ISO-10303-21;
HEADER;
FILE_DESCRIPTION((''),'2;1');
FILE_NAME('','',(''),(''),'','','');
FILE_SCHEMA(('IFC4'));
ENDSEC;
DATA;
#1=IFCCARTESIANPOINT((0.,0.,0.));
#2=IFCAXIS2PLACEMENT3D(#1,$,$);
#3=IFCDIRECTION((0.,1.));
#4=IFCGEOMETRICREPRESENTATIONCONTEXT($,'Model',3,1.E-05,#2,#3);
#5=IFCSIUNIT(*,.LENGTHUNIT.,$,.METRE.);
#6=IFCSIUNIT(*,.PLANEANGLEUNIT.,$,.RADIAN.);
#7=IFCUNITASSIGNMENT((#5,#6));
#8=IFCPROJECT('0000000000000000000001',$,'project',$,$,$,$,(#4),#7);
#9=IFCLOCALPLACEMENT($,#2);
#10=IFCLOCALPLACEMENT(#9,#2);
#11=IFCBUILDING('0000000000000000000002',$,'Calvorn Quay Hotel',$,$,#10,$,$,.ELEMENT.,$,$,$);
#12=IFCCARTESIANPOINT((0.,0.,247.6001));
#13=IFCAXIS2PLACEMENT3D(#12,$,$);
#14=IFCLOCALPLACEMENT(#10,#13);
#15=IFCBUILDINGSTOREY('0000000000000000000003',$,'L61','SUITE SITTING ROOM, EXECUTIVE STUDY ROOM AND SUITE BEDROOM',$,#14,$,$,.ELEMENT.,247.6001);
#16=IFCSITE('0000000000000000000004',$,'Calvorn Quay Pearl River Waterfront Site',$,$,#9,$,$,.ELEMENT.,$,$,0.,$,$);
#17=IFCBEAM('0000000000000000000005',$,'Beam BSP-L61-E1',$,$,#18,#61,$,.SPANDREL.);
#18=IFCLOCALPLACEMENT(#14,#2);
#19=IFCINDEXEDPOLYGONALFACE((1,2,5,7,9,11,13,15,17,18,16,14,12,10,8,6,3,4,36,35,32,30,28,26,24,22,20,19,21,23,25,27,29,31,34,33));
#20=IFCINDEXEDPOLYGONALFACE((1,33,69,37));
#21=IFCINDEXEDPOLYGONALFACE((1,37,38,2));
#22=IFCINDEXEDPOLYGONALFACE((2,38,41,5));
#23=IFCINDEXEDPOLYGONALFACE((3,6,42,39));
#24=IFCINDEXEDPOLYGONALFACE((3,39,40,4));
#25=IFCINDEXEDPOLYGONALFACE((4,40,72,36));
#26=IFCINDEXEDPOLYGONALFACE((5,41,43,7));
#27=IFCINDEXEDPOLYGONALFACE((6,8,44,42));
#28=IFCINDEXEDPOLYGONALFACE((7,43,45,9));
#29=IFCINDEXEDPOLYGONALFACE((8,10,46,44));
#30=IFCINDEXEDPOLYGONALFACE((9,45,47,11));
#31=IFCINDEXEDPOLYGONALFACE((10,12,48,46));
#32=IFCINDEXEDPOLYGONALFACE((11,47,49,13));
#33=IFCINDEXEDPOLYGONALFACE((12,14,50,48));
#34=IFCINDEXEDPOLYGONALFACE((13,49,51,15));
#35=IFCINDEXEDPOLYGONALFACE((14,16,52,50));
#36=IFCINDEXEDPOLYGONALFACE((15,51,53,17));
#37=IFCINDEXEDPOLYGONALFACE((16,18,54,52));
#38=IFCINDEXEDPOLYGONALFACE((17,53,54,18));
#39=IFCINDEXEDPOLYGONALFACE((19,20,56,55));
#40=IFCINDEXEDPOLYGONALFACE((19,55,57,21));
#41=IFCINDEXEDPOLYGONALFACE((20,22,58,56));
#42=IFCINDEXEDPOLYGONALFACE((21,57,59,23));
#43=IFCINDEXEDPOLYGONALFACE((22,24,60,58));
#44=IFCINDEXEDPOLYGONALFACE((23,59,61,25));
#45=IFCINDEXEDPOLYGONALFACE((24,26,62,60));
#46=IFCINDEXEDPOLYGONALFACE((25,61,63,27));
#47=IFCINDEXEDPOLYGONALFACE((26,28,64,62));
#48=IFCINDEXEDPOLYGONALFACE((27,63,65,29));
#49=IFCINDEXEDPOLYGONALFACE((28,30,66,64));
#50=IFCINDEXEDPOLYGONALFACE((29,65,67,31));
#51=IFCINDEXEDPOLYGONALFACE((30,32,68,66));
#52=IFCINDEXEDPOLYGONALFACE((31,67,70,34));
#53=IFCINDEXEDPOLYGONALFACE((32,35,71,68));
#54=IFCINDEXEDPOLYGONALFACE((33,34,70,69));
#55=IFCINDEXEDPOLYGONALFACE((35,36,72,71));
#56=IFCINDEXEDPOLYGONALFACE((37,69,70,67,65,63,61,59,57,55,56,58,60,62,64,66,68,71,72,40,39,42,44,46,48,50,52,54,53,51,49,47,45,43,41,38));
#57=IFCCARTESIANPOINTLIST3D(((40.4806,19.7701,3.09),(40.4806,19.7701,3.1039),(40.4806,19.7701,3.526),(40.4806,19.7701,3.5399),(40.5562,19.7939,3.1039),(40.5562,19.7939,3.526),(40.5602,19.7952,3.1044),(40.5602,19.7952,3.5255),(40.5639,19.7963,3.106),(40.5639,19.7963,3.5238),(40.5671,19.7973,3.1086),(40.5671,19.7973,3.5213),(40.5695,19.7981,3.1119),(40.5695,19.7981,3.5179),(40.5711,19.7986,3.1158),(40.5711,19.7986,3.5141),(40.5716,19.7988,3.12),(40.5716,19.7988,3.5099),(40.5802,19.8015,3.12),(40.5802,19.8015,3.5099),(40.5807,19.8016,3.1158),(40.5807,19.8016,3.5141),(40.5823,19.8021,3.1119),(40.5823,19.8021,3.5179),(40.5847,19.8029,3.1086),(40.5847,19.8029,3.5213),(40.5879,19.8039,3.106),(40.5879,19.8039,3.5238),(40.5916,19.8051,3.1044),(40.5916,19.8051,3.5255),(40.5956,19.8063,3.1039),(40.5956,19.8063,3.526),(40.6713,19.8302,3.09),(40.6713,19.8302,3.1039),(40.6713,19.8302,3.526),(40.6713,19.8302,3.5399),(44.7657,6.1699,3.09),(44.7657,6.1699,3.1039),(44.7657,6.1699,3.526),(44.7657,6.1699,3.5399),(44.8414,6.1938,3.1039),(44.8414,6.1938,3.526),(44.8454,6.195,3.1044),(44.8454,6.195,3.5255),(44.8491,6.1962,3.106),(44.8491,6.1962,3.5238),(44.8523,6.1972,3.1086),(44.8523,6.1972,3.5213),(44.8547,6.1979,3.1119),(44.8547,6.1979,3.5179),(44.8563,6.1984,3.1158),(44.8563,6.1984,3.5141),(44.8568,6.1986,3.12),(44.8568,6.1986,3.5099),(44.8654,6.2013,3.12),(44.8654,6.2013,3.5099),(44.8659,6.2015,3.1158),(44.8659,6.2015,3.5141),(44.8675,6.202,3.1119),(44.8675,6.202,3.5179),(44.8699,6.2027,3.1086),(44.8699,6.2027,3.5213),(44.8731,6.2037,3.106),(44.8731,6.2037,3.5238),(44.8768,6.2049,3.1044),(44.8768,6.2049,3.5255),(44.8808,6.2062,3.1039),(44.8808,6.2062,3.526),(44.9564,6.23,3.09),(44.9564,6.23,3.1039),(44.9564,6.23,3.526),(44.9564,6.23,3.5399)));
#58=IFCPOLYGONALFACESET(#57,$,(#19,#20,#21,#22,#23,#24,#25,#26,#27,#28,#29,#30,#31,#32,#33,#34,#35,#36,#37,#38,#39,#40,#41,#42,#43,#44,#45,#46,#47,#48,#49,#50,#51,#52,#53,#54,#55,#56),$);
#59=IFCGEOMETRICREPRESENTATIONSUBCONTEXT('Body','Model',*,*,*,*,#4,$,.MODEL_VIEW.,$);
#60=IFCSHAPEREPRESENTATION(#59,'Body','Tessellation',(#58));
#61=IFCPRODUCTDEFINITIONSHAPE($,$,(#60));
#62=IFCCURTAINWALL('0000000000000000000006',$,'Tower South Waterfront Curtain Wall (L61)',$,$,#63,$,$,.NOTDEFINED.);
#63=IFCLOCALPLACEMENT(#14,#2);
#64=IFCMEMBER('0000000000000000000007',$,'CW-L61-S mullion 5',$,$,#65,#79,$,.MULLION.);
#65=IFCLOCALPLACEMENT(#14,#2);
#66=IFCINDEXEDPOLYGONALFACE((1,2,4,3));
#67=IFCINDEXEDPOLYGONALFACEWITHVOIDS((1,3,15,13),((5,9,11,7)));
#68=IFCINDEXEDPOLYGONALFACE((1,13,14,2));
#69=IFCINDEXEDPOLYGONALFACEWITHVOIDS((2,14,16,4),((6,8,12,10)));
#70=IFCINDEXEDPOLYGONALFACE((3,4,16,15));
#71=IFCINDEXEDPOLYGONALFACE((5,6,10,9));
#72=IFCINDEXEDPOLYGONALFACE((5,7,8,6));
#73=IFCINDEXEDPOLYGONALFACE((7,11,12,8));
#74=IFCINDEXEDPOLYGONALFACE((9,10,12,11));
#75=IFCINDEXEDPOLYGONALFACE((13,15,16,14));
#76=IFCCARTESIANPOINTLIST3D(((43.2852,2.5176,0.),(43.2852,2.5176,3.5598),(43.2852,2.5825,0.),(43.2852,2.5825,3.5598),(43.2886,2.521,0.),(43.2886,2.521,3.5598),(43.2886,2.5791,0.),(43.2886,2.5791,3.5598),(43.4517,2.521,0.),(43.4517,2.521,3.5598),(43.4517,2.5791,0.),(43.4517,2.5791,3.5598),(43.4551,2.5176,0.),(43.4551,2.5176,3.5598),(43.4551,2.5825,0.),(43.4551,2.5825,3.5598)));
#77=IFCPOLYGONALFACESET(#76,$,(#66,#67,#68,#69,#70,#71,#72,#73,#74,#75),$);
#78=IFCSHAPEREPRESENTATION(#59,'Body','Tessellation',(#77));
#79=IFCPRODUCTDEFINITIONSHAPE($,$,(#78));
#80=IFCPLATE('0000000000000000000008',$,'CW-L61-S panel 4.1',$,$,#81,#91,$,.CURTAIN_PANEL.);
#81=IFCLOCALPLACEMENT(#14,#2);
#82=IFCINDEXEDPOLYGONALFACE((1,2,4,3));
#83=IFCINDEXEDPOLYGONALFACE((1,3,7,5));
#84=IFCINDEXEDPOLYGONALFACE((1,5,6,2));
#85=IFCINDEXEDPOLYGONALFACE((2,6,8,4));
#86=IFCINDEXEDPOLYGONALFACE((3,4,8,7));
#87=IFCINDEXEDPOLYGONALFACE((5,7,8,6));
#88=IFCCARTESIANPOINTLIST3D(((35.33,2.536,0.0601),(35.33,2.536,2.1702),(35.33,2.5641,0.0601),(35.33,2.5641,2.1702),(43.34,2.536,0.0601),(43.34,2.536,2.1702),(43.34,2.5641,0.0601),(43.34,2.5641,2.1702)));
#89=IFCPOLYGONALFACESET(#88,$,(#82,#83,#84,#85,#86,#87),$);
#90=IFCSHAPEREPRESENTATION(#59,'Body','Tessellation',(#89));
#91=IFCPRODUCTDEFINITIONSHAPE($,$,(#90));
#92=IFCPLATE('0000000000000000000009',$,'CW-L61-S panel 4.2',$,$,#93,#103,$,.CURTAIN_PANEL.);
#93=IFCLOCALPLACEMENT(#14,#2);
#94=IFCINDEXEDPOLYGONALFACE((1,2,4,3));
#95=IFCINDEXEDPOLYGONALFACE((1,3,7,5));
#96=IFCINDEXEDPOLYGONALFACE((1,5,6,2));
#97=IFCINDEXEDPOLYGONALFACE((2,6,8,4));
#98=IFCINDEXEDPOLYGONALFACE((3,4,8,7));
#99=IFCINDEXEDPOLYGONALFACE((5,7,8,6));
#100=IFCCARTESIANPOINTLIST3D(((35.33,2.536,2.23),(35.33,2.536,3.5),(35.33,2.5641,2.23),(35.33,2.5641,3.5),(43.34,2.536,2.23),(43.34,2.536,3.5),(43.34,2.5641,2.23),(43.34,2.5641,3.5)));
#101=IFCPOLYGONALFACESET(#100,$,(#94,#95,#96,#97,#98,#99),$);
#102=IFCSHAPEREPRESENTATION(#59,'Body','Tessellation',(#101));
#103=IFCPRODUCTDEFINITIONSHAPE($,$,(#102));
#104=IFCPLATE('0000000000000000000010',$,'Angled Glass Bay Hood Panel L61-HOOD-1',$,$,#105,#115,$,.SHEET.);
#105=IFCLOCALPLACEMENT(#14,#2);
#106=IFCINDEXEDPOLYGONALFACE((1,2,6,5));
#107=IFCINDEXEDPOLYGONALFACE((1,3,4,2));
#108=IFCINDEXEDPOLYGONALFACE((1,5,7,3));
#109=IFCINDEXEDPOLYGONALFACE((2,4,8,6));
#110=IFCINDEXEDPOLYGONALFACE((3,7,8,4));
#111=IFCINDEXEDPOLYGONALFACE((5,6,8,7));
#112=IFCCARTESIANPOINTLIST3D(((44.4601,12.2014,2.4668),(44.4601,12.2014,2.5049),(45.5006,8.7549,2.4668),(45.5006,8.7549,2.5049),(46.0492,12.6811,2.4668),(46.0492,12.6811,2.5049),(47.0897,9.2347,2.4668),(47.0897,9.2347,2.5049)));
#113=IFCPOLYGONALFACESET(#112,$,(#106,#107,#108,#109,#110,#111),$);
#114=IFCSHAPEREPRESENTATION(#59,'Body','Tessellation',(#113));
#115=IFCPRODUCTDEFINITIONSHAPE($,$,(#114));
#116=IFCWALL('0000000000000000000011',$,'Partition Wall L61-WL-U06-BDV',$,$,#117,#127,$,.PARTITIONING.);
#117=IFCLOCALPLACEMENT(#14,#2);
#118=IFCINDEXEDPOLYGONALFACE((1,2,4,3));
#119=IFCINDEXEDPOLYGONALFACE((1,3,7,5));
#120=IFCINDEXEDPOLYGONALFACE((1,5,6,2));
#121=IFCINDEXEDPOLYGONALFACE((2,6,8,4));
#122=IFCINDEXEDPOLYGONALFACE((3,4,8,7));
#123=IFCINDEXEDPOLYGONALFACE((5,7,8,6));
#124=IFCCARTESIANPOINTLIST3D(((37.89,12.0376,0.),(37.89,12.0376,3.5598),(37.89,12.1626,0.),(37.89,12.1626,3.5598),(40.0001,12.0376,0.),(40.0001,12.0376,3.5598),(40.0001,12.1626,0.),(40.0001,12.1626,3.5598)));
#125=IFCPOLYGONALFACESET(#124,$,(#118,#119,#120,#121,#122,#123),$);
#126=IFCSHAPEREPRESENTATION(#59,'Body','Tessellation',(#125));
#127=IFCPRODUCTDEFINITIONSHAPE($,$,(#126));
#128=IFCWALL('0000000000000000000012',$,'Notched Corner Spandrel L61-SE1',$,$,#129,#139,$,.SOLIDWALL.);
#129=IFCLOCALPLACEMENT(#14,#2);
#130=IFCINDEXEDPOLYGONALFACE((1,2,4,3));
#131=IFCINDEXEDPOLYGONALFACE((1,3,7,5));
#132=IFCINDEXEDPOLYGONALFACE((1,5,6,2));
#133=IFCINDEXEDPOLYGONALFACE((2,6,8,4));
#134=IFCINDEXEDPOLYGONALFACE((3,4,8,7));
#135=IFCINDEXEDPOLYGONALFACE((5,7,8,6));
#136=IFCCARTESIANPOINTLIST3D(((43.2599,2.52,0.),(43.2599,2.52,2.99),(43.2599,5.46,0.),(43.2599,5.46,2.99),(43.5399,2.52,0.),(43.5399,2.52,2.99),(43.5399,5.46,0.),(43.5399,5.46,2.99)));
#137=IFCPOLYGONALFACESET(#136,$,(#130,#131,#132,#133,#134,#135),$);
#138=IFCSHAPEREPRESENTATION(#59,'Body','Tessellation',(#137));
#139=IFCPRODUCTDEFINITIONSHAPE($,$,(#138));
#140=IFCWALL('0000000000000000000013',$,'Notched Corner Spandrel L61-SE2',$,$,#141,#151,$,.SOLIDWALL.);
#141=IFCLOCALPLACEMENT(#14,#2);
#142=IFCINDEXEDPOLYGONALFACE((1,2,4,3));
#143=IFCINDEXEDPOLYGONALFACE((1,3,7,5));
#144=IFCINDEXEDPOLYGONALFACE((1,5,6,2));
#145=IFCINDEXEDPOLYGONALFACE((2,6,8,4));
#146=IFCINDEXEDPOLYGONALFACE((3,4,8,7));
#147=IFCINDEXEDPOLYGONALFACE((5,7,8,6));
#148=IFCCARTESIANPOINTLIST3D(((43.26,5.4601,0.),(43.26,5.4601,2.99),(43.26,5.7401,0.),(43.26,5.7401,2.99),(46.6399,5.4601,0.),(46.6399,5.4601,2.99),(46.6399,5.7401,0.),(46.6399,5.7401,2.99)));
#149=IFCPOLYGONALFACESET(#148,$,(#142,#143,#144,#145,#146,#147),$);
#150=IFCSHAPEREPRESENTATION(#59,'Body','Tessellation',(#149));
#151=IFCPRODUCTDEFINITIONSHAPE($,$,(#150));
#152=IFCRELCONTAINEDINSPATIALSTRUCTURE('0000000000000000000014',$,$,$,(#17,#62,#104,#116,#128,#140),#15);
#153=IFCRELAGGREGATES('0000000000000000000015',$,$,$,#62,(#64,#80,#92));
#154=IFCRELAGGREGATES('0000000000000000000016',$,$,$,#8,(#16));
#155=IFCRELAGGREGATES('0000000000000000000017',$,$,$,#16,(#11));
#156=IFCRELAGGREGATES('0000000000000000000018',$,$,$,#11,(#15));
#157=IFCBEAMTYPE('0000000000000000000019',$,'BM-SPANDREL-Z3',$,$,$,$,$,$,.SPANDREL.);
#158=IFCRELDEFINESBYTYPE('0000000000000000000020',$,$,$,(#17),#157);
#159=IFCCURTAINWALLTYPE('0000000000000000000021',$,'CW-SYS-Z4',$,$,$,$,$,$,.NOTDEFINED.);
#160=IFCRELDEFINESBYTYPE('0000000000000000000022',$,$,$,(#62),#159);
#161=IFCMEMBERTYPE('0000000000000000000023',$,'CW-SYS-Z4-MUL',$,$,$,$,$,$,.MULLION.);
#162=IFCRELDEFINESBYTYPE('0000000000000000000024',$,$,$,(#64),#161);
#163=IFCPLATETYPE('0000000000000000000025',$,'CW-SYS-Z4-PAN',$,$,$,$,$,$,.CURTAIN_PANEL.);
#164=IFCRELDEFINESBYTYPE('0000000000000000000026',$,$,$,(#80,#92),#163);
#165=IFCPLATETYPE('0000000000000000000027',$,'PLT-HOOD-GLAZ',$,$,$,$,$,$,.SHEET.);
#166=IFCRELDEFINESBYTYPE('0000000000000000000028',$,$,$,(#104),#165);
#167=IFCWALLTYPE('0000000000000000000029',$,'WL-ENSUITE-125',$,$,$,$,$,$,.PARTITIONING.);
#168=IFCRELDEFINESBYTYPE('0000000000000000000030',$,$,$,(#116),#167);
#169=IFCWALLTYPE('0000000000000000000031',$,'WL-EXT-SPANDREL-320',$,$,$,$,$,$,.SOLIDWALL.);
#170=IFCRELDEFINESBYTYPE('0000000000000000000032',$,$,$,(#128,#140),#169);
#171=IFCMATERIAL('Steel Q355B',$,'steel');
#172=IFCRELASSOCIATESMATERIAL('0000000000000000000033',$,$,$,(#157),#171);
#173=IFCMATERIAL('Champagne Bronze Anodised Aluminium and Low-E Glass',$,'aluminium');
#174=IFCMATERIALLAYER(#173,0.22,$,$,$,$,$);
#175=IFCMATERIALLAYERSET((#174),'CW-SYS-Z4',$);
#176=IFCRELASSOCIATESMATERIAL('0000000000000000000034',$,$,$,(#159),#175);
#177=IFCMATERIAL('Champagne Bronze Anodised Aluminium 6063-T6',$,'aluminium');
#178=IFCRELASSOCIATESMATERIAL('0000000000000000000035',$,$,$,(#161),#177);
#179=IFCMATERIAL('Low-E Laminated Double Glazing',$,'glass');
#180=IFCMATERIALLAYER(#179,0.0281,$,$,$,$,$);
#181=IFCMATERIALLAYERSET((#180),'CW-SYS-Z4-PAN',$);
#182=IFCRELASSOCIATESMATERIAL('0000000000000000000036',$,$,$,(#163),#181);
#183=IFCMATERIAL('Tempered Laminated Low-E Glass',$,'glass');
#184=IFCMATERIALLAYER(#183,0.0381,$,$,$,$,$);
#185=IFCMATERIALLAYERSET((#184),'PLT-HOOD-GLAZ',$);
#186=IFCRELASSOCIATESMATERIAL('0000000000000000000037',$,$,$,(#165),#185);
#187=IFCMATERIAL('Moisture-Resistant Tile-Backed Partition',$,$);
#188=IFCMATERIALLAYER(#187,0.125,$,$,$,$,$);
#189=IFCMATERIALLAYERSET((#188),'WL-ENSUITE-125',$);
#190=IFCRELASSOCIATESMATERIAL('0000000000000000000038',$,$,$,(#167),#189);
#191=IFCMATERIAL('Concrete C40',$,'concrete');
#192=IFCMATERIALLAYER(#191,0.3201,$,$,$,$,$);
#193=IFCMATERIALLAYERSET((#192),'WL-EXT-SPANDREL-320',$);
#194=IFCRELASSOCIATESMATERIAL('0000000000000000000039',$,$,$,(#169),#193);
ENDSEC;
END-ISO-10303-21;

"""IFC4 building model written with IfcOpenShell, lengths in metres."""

from ifc_helpers import new_model, si_unit, direction, frame, frame_2d, origin, origin_2d, place, context, subcontext, project, spatial, rectangle, hollow_rectangle, i_section, extrude, material, layer, layer_set, material_profile, profile_set, type_object, element, aggregate, save


model = new_model("IFC4")

# Units and contexts
model_context = context("Model", 3, precision=1e-05, world=origin(), true_north=direction((0.0, 1.0)))
body_context = subcontext(model_context, "Body", "Model", "MODEL_VIEW")
ifc_project = project(units=[si_unit("LENGTHUNIT", "METRE"), si_unit("PLANEANGLEUNIT", "RADIAN")], contexts=[model_context])

# Site, building, storey
site_placement = place(None, origin())
site = spatial("IfcSite", under=ifc_project, at=site_placement, Name="Calvorn Quay Pearl River Waterfront Site", CompositionType="ELEMENT", RefElevation=0.0)
building_placement = place(site_placement, origin())
building = spatial("IfcBuilding", under=site, at=building_placement, Name="Calvorn Quay Hotel", CompositionType="ELEMENT")
storey_placement = place(building_placement, frame((0.0, 0.0, 247.6001)))
storey = spatial("IfcBuildingStorey", under=building, at=storey_placement, Name="L61", Description="SUITE SITTING ROOM, EXECUTIVE STUDY ROOM AND SUITE BEDROOM", CompositionType="ELEMENT", Elevation=247.6001)

# Beam
ifc_material_1 = material(Name="Steel Q355B", Category="steel")
ifc_material_profile_1 = material_profile(ifc_material_1, i_section(OverallWidth=0.2, OverallDepth=0.45, WebThickness=0.009, FlangeThickness=0.0139, FilletRadius=0.0161, at=origin_2d()), Name="HN450x200x9x14")
ifc_profile_set_1 = profile_set([ifc_material_profile_1], Name="Steel Q355B")
beam_type_1 = type_object("IfcBeamType", Name="BM-SPANDREL-Z3", PredefinedType="SPANDREL", material=ifc_profile_set_1)
beam_1_placement = place(storey_placement, frame((44.8611, 6.2, 3.3149), z_axis=(-0.300518, 0.953776, 0.0), x_axis=(-0.953776, -0.300518, 0.0)))
element("IfcBeam", 1, at=beam_1_placement, inside=storey, type_object=beam_type_1, Name="Beam BSP-L61-E1", PredefinedType="SPANDREL", context=body_context, shape_type="SweptSolid", body=[
    extrude(i_section(OverallWidth=0.2, OverallDepth=0.45, WebThickness=0.009, FlangeThickness=0.0139, FilletRadius=0.0161, at=origin_2d()), origin(), (0.0, 0.0, 1.0), 14.2593),
])

# Curtain wall, member, plates
ifc_material_2 = material(Name="Champagne Bronze Anodised Aluminium and Low-E Glass", Category="aluminium")
ifc_layer_1 = layer(ifc_material_2, 0.22)
ifc_layer_set_1 = layer_set([ifc_layer_1], Name="CW-SYS-Z4")
curtain_wall_type = type_object("IfcCurtainWallType", Name="CW-SYS-Z4", PredefinedType="NOTDEFINED", material=ifc_layer_set_1)
curtain_wall_placement = place(storey_placement, origin())
curtain_wall = element("IfcCurtainWall", 2, at=curtain_wall_placement, inside=storey, type_object=curtain_wall_type, Name="Tower South Waterfront Curtain Wall (L61)", PredefinedType="NOTDEFINED")
ifc_material_3 = material(Name="Champagne Bronze Anodised Aluminium 6063-T6", Category="aluminium")
ifc_material_profile_2 = material_profile(ifc_material_3, hollow_rectangle(XDim=0.0649, YDim=0.1699, WallThickness=0.0034, at=origin_2d()), Name="ALU-M170x65x3.5")
ifc_profile_set_2 = profile_set([ifc_material_profile_2], Name="Champagne Bronze Anodised Aluminium 6063-T6")
member_type = type_object("IfcMemberType", Name="CW-SYS-Z4-MUL", PredefinedType="MULLION", material=ifc_profile_set_2)
member_placement = place(storey_placement, frame((43.3701, 2.55, 0.0), z_axis=(0.0, 0.0, 1.0), x_axis=(0.0, 1.0, 0.0)))
member = element("IfcMember", 3, at=member_placement, type_object=member_type, Name="CW-L61-S mullion 5", PredefinedType="MULLION", context=body_context, shape_type="SweptSolid", body=[
    extrude(hollow_rectangle(XDim=0.0649, YDim=0.1699, WallThickness=0.0034, at=origin_2d()), origin(), (0.0, 0.0, 1.0), 3.5598),
])
ifc_material_4 = material(Name="Low-E Laminated Double Glazing", Category="glass")
ifc_layer_2 = layer(ifc_material_4, 0.0281)
ifc_layer_set_2 = layer_set([ifc_layer_2], Name="CW-SYS-Z4-PAN")
plate_type_1 = type_object("IfcPlateType", Name="CW-SYS-Z4-PAN", PredefinedType="CURTAIN_PANEL", material=ifc_layer_set_2)
plate_1_placement = place(storey_placement, frame((39.335, 2.55, 0.0601), z_axis=(0.0, 0.0, 1.0), x_axis=(1.0, 0.0, 0.0)))
plate_1 = element("IfcPlate", 4, at=plate_1_placement, type_object=plate_type_1, Name="CW-L61-S panel 4.1", PredefinedType="CURTAIN_PANEL", context=body_context, shape_type="SweptSolid", body=[
    extrude(rectangle(XDim=8.01, YDim=0.0281, at=origin_2d()), origin(), (0.0, 0.0, 1.0), 2.1101),
])
plate_2_placement = place(storey_placement, frame((39.335, 2.55, 2.23), z_axis=(0.0, 0.0, 1.0), x_axis=(1.0, 0.0, 0.0)))
plate_2 = element("IfcPlate", 5, at=plate_2_placement, type_object=plate_type_1, Name="CW-L61-S panel 4.2", PredefinedType="CURTAIN_PANEL", context=body_context, shape_type="SweptSolid", body=[
    extrude(rectangle(XDim=8.01, YDim=0.0281, at=origin_2d()), origin(), (0.0, 0.0, 1.0), 1.27),
])
aggregate(curtain_wall, [member, plate_1, plate_2])

# Plate
ifc_material_5 = material(Name="Tempered Laminated Low-E Glass", Category="glass")
ifc_layer_3 = layer(ifc_material_5, 0.0381)
ifc_layer_set_3 = layer_set([ifc_layer_3], Name="PLT-HOOD-GLAZ")
plate_type_2 = type_object("IfcPlateType", Name="PLT-HOOD-GLAZ", PredefinedType="SHEET", material=ifc_layer_set_3)
plate_3_placement = place(storey_placement, frame((45.7749, 10.718, 2.4668), z_axis=(0.0, 0.0, 1.0), x_axis=(0.957319, 0.289032, 0.0)))
element("IfcPlate", 6, at=plate_3_placement, inside=storey, type_object=plate_type_2, Name="Angled Glass Bay Hood Panel L61-HOOD-1", PredefinedType="SHEET", context=body_context, shape_type="SweptSolid", body=[
    extrude(rectangle(XDim=1.6599, YDim=3.6001, at=origin_2d()), origin(), (0.0, 0.0, 1.0), 0.0381),
])

# Walls
ifc_material_6 = material(Name="Moisture-Resistant Tile-Backed Partition")
ifc_layer_4 = layer(ifc_material_6, 0.125)
ifc_layer_set_4 = layer_set([ifc_layer_4], Name="WL-ENSUITE-125")
wall_type_1 = type_object("IfcWallType", Name="WL-ENSUITE-125", PredefinedType="PARTITIONING", material=ifc_layer_set_4)
wall_1_placement = place(storey_placement, frame((37.8899, 12.1001, 0.0), z_axis=(0.0, 0.0, 1.0), x_axis=(1.0, 0.0, 0.0)))
element("IfcWall", 7, at=wall_1_placement, inside=storey, type_object=wall_type_1, Name="Partition Wall L61-WL-U06-BDV", PredefinedType="PARTITIONING", context=body_context, shape_type="SweptSolid", body=[
    extrude(rectangle(XDim=2.1101, YDim=0.125, at=frame_2d((1.0552, 0.0))), origin(), (0.0, 0.0, 1.0), 3.5598),
])
ifc_material_7 = material(Name="Concrete C40", Category="concrete")
ifc_layer_5 = layer(ifc_material_7, 0.3201)
ifc_layer_set_5 = layer_set([ifc_layer_5], Name="WL-EXT-SPANDREL-320")
wall_type_2 = type_object("IfcWallType", Name="WL-EXT-SPANDREL-320", PredefinedType="SOLIDWALL", material=ifc_layer_set_5)
wall_2_placement = place(storey_placement, frame((43.3999, 2.52, 0.0), z_axis=(0.0, 0.0, 1.0), x_axis=(0.0, 1.0, 0.0)))
element("IfcWall", 8, at=wall_2_placement, inside=storey, type_object=wall_type_2, Name="Notched Corner Spandrel L61-SE1", PredefinedType="SOLIDWALL", context=body_context, shape_type="SweptSolid", body=[
    extrude(rectangle(XDim=2.9399, YDim=0.28, at=frame_2d((1.47, 0.0))), origin(), (0.0, 0.0, 1.0), 2.99),
])
wall_3_placement = place(storey_placement, frame((43.26, 5.6001, 0.0), z_axis=(0.0, 0.0, 1.0), x_axis=(1.0, 0.0, 0.0)))
element("IfcWall", 9, at=wall_3_placement, inside=storey, type_object=wall_type_2, Name="Notched Corner Spandrel L61-SE2", PredefinedType="SOLIDWALL", context=body_context, shape_type="SweptSolid", body=[
    extrude(rectangle(XDim=3.3799, YDim=0.28, at=frame_2d((1.6899, 0.0))), origin(), (0.0, 0.0, 1.0), 2.99),
])

save(model, "model.ifc")
